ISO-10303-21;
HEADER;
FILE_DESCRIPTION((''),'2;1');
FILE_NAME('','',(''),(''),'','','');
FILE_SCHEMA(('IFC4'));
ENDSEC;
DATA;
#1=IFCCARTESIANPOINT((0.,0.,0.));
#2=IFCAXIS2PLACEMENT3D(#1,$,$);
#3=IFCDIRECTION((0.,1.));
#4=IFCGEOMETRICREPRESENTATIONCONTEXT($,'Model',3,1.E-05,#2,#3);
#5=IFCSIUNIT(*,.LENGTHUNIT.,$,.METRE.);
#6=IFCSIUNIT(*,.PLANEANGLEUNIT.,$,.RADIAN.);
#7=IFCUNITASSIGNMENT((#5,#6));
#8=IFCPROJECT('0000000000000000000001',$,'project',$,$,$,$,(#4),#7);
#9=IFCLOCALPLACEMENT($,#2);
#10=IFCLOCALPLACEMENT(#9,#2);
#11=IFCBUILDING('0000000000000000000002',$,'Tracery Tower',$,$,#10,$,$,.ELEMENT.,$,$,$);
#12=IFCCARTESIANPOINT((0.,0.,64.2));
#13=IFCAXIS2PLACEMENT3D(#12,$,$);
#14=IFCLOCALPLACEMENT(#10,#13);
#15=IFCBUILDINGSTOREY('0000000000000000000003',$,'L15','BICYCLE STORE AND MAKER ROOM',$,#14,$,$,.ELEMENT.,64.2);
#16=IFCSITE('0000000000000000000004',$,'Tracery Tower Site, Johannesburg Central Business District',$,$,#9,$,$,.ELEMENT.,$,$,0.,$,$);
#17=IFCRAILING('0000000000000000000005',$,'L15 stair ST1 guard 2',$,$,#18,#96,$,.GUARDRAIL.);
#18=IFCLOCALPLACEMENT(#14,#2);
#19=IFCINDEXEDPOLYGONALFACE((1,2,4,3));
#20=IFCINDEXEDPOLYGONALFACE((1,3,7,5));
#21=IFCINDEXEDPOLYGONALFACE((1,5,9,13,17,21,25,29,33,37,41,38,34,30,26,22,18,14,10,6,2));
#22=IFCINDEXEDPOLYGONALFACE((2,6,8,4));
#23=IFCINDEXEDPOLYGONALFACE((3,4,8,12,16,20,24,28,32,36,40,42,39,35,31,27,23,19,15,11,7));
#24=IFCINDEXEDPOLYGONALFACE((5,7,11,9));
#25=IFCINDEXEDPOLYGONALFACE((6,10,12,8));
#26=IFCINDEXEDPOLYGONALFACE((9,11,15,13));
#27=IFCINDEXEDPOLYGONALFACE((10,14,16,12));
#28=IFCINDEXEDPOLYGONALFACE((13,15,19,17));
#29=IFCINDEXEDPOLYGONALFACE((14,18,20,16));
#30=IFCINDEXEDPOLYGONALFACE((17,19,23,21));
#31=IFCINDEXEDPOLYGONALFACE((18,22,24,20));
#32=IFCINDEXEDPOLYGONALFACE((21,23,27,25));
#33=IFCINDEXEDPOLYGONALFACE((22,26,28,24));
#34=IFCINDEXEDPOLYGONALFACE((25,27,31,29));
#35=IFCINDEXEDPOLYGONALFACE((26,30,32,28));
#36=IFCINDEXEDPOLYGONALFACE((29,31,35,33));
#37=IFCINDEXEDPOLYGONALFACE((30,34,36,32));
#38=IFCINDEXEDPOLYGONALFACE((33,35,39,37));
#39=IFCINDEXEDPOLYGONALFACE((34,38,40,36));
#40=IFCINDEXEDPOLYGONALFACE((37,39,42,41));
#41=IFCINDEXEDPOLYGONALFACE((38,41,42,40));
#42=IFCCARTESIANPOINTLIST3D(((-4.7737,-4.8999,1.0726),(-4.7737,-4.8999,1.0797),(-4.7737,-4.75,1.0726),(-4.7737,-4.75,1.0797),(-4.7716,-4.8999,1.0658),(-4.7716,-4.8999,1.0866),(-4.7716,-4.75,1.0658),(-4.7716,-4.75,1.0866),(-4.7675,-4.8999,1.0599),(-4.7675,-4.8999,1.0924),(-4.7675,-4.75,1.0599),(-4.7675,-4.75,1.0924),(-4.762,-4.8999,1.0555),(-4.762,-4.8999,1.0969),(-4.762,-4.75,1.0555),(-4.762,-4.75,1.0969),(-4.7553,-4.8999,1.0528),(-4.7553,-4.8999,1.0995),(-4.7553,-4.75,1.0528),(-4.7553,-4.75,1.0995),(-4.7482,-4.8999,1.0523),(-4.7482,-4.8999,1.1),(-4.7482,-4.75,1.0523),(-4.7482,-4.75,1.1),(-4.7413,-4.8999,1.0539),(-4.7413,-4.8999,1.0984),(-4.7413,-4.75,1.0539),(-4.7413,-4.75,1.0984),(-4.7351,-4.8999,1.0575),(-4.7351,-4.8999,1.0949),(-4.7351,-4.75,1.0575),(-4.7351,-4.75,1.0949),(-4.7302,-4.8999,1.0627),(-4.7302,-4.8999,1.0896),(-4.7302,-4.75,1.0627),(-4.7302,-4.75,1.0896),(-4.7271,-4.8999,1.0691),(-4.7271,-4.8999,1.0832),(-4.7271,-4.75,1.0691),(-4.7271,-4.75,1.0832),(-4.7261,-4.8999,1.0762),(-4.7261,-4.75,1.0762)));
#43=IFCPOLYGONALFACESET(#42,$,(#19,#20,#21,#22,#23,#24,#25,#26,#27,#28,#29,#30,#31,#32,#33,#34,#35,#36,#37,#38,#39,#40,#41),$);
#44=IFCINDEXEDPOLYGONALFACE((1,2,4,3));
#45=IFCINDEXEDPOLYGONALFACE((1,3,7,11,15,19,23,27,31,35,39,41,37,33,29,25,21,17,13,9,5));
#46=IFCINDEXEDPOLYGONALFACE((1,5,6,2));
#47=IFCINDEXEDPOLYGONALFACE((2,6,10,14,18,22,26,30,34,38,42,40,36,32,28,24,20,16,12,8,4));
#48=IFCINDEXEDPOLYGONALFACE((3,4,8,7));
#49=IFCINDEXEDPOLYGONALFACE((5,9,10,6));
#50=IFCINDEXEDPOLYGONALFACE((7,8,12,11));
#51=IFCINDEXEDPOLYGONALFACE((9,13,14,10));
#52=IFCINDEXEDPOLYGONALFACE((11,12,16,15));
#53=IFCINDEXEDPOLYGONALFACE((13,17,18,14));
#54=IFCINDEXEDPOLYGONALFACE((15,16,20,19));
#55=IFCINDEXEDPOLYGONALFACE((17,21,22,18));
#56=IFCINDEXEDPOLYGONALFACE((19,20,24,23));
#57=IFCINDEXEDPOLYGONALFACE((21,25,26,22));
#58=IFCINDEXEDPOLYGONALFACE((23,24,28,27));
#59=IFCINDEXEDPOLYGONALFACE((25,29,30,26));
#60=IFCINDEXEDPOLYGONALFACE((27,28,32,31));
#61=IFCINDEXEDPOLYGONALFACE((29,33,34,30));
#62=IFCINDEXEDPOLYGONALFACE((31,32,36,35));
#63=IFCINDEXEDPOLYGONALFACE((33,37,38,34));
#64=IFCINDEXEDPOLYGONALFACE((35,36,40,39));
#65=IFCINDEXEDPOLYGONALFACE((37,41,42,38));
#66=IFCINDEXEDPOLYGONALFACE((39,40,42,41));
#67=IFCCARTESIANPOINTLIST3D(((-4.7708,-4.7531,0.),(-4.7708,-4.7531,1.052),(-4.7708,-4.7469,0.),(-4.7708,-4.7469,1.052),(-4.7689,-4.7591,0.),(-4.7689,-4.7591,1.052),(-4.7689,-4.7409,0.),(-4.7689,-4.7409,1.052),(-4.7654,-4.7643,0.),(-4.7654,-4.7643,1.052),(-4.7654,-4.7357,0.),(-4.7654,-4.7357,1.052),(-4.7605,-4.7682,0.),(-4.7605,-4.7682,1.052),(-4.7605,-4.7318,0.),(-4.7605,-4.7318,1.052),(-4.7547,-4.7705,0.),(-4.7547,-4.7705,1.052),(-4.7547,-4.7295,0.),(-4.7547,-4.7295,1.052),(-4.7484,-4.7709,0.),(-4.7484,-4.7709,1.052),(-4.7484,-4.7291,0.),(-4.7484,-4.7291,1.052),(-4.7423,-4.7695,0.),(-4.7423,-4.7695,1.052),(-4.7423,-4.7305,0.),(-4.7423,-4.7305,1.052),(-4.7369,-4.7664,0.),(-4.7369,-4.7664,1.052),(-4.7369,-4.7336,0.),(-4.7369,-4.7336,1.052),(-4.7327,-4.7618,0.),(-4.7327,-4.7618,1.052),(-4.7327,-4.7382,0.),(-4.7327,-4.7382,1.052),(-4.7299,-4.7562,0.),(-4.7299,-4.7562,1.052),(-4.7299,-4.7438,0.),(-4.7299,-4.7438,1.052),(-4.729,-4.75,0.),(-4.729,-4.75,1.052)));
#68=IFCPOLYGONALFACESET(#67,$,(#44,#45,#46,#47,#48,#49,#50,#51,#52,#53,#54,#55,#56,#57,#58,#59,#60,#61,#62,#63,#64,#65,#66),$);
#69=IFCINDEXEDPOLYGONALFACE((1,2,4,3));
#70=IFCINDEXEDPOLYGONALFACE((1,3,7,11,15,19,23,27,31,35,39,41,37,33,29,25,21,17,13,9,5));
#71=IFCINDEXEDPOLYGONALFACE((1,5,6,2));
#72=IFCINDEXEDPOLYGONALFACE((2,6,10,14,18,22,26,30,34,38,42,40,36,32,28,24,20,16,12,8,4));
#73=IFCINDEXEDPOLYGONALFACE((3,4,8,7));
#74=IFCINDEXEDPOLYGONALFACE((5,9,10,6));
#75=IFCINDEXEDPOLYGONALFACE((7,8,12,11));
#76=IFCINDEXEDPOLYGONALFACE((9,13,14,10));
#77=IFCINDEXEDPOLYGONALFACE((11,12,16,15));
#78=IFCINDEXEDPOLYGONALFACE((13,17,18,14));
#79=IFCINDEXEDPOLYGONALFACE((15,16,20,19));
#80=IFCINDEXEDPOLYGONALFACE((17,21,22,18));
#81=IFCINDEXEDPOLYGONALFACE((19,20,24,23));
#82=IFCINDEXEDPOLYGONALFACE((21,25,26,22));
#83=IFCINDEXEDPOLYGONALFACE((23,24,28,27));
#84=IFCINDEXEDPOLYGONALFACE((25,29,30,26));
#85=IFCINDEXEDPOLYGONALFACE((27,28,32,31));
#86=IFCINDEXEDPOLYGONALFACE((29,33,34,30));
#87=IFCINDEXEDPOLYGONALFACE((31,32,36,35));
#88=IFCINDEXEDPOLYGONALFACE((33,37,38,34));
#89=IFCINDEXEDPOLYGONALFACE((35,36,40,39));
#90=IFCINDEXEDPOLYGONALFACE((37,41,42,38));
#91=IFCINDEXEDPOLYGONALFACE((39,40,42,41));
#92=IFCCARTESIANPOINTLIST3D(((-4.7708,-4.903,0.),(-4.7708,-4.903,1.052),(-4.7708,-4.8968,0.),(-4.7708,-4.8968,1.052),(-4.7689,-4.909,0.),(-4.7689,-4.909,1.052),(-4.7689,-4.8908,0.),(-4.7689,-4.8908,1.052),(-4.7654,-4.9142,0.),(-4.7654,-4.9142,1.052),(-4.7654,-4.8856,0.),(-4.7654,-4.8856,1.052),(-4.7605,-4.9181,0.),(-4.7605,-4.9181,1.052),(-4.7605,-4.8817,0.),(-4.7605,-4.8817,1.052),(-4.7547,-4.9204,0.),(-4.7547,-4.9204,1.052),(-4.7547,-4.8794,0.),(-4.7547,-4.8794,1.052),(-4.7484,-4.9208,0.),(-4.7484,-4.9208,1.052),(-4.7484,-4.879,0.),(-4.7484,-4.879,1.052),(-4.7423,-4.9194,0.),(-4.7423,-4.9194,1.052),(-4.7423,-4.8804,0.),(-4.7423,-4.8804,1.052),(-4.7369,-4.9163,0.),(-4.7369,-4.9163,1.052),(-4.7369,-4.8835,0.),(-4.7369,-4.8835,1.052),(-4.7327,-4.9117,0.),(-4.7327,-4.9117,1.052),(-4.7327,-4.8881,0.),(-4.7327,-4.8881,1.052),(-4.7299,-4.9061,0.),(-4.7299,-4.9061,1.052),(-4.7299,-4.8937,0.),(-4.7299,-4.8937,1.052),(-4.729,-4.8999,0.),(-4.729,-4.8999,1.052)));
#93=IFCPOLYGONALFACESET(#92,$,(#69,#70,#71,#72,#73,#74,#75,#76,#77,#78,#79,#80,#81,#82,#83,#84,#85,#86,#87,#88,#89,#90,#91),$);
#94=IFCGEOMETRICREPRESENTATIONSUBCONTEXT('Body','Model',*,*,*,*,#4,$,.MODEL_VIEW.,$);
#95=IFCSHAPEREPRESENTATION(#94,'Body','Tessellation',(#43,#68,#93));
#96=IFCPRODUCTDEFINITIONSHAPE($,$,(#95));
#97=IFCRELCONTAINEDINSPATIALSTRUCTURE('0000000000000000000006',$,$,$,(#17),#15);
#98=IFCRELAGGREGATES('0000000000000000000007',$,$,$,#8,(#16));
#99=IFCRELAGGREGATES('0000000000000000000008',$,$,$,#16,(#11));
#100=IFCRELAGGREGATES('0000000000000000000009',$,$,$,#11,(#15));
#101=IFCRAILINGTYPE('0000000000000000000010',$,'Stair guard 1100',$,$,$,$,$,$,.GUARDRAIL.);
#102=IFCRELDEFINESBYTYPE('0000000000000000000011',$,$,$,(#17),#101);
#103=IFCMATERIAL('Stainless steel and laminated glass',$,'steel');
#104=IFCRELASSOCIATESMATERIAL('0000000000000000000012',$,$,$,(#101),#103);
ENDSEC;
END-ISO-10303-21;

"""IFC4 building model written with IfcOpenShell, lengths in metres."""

from ifc_helpers import new_model, si_unit, direction, frame, origin, origin_2d, place, context, subcontext, project, spatial, circle, extrude, material, type_object, element, save


model = new_model("IFC4")

# Units and contexts
model_context = context("Model", 3, precision=1e-05, world=origin(), true_north=direction((0.0, 1.0)))
body_context = subcontext(model_context, "Body", "Model", "MODEL_VIEW")
ifc_project = project(units=[si_unit("LENGTHUNIT", "METRE"), si_unit("PLANEANGLEUNIT", "RADIAN")], contexts=[model_context])

# Site, building, storey
site_placement = place(None, origin())
site = spatial("IfcSite", under=ifc_project, at=site_placement, Name="Tracery Tower Site, Johannesburg Central Business District", CompositionType="ELEMENT", RefElevation=0.0)
building_placement = place(site_placement, origin())
building = spatial("IfcBuilding", under=site, at=building_placement, Name="Tracery Tower", CompositionType="ELEMENT")
storey_placement = place(building_placement, frame((0.0, 0.0, 64.2)))
storey = spatial("IfcBuildingStorey", under=building, at=storey_placement, Name="L15", Description="BICYCLE STORE AND MAKER ROOM", CompositionType="ELEMENT", Elevation=64.2)

# Railing
ifc_material_1 = material(Name="Stainless steel and laminated glass", Category="steel")
railing_type_1 = type_object("IfcRailingType", Name="Stair guard 1100", PredefinedType="GUARDRAIL", material=ifc_material_1)
railing_1_placement = place(storey_placement, frame((-4.75, -4.75, 0.0)))
element("IfcRailing", 1, at=railing_1_placement, inside=storey, type_object=railing_type_1, Name="L15 stair ST1 guard 2", PredefinedType="GUARDRAIL", context=body_context, shape_type="SweptSolid", body=[
    extrude(circle(Radius=0.0239, at=origin_2d()), frame((0.0, 0.0, 1.0762), z_axis=(0.0, -1.0, 0.0), x_axis=(1.0, 0.0, 0.0)), (0.0, 0.0, 1.0), 0.1499),
    extrude(circle(Radius=0.021, at=origin_2d()), origin(), (0.0, 0.0, 1.0), 1.052),
    extrude(circle(Radius=0.021, at=origin_2d()), frame((0.0, -0.1499, 0.0)), (0.0, 0.0, 1.0), 1.052),
])

save(model, "model.ifc")
